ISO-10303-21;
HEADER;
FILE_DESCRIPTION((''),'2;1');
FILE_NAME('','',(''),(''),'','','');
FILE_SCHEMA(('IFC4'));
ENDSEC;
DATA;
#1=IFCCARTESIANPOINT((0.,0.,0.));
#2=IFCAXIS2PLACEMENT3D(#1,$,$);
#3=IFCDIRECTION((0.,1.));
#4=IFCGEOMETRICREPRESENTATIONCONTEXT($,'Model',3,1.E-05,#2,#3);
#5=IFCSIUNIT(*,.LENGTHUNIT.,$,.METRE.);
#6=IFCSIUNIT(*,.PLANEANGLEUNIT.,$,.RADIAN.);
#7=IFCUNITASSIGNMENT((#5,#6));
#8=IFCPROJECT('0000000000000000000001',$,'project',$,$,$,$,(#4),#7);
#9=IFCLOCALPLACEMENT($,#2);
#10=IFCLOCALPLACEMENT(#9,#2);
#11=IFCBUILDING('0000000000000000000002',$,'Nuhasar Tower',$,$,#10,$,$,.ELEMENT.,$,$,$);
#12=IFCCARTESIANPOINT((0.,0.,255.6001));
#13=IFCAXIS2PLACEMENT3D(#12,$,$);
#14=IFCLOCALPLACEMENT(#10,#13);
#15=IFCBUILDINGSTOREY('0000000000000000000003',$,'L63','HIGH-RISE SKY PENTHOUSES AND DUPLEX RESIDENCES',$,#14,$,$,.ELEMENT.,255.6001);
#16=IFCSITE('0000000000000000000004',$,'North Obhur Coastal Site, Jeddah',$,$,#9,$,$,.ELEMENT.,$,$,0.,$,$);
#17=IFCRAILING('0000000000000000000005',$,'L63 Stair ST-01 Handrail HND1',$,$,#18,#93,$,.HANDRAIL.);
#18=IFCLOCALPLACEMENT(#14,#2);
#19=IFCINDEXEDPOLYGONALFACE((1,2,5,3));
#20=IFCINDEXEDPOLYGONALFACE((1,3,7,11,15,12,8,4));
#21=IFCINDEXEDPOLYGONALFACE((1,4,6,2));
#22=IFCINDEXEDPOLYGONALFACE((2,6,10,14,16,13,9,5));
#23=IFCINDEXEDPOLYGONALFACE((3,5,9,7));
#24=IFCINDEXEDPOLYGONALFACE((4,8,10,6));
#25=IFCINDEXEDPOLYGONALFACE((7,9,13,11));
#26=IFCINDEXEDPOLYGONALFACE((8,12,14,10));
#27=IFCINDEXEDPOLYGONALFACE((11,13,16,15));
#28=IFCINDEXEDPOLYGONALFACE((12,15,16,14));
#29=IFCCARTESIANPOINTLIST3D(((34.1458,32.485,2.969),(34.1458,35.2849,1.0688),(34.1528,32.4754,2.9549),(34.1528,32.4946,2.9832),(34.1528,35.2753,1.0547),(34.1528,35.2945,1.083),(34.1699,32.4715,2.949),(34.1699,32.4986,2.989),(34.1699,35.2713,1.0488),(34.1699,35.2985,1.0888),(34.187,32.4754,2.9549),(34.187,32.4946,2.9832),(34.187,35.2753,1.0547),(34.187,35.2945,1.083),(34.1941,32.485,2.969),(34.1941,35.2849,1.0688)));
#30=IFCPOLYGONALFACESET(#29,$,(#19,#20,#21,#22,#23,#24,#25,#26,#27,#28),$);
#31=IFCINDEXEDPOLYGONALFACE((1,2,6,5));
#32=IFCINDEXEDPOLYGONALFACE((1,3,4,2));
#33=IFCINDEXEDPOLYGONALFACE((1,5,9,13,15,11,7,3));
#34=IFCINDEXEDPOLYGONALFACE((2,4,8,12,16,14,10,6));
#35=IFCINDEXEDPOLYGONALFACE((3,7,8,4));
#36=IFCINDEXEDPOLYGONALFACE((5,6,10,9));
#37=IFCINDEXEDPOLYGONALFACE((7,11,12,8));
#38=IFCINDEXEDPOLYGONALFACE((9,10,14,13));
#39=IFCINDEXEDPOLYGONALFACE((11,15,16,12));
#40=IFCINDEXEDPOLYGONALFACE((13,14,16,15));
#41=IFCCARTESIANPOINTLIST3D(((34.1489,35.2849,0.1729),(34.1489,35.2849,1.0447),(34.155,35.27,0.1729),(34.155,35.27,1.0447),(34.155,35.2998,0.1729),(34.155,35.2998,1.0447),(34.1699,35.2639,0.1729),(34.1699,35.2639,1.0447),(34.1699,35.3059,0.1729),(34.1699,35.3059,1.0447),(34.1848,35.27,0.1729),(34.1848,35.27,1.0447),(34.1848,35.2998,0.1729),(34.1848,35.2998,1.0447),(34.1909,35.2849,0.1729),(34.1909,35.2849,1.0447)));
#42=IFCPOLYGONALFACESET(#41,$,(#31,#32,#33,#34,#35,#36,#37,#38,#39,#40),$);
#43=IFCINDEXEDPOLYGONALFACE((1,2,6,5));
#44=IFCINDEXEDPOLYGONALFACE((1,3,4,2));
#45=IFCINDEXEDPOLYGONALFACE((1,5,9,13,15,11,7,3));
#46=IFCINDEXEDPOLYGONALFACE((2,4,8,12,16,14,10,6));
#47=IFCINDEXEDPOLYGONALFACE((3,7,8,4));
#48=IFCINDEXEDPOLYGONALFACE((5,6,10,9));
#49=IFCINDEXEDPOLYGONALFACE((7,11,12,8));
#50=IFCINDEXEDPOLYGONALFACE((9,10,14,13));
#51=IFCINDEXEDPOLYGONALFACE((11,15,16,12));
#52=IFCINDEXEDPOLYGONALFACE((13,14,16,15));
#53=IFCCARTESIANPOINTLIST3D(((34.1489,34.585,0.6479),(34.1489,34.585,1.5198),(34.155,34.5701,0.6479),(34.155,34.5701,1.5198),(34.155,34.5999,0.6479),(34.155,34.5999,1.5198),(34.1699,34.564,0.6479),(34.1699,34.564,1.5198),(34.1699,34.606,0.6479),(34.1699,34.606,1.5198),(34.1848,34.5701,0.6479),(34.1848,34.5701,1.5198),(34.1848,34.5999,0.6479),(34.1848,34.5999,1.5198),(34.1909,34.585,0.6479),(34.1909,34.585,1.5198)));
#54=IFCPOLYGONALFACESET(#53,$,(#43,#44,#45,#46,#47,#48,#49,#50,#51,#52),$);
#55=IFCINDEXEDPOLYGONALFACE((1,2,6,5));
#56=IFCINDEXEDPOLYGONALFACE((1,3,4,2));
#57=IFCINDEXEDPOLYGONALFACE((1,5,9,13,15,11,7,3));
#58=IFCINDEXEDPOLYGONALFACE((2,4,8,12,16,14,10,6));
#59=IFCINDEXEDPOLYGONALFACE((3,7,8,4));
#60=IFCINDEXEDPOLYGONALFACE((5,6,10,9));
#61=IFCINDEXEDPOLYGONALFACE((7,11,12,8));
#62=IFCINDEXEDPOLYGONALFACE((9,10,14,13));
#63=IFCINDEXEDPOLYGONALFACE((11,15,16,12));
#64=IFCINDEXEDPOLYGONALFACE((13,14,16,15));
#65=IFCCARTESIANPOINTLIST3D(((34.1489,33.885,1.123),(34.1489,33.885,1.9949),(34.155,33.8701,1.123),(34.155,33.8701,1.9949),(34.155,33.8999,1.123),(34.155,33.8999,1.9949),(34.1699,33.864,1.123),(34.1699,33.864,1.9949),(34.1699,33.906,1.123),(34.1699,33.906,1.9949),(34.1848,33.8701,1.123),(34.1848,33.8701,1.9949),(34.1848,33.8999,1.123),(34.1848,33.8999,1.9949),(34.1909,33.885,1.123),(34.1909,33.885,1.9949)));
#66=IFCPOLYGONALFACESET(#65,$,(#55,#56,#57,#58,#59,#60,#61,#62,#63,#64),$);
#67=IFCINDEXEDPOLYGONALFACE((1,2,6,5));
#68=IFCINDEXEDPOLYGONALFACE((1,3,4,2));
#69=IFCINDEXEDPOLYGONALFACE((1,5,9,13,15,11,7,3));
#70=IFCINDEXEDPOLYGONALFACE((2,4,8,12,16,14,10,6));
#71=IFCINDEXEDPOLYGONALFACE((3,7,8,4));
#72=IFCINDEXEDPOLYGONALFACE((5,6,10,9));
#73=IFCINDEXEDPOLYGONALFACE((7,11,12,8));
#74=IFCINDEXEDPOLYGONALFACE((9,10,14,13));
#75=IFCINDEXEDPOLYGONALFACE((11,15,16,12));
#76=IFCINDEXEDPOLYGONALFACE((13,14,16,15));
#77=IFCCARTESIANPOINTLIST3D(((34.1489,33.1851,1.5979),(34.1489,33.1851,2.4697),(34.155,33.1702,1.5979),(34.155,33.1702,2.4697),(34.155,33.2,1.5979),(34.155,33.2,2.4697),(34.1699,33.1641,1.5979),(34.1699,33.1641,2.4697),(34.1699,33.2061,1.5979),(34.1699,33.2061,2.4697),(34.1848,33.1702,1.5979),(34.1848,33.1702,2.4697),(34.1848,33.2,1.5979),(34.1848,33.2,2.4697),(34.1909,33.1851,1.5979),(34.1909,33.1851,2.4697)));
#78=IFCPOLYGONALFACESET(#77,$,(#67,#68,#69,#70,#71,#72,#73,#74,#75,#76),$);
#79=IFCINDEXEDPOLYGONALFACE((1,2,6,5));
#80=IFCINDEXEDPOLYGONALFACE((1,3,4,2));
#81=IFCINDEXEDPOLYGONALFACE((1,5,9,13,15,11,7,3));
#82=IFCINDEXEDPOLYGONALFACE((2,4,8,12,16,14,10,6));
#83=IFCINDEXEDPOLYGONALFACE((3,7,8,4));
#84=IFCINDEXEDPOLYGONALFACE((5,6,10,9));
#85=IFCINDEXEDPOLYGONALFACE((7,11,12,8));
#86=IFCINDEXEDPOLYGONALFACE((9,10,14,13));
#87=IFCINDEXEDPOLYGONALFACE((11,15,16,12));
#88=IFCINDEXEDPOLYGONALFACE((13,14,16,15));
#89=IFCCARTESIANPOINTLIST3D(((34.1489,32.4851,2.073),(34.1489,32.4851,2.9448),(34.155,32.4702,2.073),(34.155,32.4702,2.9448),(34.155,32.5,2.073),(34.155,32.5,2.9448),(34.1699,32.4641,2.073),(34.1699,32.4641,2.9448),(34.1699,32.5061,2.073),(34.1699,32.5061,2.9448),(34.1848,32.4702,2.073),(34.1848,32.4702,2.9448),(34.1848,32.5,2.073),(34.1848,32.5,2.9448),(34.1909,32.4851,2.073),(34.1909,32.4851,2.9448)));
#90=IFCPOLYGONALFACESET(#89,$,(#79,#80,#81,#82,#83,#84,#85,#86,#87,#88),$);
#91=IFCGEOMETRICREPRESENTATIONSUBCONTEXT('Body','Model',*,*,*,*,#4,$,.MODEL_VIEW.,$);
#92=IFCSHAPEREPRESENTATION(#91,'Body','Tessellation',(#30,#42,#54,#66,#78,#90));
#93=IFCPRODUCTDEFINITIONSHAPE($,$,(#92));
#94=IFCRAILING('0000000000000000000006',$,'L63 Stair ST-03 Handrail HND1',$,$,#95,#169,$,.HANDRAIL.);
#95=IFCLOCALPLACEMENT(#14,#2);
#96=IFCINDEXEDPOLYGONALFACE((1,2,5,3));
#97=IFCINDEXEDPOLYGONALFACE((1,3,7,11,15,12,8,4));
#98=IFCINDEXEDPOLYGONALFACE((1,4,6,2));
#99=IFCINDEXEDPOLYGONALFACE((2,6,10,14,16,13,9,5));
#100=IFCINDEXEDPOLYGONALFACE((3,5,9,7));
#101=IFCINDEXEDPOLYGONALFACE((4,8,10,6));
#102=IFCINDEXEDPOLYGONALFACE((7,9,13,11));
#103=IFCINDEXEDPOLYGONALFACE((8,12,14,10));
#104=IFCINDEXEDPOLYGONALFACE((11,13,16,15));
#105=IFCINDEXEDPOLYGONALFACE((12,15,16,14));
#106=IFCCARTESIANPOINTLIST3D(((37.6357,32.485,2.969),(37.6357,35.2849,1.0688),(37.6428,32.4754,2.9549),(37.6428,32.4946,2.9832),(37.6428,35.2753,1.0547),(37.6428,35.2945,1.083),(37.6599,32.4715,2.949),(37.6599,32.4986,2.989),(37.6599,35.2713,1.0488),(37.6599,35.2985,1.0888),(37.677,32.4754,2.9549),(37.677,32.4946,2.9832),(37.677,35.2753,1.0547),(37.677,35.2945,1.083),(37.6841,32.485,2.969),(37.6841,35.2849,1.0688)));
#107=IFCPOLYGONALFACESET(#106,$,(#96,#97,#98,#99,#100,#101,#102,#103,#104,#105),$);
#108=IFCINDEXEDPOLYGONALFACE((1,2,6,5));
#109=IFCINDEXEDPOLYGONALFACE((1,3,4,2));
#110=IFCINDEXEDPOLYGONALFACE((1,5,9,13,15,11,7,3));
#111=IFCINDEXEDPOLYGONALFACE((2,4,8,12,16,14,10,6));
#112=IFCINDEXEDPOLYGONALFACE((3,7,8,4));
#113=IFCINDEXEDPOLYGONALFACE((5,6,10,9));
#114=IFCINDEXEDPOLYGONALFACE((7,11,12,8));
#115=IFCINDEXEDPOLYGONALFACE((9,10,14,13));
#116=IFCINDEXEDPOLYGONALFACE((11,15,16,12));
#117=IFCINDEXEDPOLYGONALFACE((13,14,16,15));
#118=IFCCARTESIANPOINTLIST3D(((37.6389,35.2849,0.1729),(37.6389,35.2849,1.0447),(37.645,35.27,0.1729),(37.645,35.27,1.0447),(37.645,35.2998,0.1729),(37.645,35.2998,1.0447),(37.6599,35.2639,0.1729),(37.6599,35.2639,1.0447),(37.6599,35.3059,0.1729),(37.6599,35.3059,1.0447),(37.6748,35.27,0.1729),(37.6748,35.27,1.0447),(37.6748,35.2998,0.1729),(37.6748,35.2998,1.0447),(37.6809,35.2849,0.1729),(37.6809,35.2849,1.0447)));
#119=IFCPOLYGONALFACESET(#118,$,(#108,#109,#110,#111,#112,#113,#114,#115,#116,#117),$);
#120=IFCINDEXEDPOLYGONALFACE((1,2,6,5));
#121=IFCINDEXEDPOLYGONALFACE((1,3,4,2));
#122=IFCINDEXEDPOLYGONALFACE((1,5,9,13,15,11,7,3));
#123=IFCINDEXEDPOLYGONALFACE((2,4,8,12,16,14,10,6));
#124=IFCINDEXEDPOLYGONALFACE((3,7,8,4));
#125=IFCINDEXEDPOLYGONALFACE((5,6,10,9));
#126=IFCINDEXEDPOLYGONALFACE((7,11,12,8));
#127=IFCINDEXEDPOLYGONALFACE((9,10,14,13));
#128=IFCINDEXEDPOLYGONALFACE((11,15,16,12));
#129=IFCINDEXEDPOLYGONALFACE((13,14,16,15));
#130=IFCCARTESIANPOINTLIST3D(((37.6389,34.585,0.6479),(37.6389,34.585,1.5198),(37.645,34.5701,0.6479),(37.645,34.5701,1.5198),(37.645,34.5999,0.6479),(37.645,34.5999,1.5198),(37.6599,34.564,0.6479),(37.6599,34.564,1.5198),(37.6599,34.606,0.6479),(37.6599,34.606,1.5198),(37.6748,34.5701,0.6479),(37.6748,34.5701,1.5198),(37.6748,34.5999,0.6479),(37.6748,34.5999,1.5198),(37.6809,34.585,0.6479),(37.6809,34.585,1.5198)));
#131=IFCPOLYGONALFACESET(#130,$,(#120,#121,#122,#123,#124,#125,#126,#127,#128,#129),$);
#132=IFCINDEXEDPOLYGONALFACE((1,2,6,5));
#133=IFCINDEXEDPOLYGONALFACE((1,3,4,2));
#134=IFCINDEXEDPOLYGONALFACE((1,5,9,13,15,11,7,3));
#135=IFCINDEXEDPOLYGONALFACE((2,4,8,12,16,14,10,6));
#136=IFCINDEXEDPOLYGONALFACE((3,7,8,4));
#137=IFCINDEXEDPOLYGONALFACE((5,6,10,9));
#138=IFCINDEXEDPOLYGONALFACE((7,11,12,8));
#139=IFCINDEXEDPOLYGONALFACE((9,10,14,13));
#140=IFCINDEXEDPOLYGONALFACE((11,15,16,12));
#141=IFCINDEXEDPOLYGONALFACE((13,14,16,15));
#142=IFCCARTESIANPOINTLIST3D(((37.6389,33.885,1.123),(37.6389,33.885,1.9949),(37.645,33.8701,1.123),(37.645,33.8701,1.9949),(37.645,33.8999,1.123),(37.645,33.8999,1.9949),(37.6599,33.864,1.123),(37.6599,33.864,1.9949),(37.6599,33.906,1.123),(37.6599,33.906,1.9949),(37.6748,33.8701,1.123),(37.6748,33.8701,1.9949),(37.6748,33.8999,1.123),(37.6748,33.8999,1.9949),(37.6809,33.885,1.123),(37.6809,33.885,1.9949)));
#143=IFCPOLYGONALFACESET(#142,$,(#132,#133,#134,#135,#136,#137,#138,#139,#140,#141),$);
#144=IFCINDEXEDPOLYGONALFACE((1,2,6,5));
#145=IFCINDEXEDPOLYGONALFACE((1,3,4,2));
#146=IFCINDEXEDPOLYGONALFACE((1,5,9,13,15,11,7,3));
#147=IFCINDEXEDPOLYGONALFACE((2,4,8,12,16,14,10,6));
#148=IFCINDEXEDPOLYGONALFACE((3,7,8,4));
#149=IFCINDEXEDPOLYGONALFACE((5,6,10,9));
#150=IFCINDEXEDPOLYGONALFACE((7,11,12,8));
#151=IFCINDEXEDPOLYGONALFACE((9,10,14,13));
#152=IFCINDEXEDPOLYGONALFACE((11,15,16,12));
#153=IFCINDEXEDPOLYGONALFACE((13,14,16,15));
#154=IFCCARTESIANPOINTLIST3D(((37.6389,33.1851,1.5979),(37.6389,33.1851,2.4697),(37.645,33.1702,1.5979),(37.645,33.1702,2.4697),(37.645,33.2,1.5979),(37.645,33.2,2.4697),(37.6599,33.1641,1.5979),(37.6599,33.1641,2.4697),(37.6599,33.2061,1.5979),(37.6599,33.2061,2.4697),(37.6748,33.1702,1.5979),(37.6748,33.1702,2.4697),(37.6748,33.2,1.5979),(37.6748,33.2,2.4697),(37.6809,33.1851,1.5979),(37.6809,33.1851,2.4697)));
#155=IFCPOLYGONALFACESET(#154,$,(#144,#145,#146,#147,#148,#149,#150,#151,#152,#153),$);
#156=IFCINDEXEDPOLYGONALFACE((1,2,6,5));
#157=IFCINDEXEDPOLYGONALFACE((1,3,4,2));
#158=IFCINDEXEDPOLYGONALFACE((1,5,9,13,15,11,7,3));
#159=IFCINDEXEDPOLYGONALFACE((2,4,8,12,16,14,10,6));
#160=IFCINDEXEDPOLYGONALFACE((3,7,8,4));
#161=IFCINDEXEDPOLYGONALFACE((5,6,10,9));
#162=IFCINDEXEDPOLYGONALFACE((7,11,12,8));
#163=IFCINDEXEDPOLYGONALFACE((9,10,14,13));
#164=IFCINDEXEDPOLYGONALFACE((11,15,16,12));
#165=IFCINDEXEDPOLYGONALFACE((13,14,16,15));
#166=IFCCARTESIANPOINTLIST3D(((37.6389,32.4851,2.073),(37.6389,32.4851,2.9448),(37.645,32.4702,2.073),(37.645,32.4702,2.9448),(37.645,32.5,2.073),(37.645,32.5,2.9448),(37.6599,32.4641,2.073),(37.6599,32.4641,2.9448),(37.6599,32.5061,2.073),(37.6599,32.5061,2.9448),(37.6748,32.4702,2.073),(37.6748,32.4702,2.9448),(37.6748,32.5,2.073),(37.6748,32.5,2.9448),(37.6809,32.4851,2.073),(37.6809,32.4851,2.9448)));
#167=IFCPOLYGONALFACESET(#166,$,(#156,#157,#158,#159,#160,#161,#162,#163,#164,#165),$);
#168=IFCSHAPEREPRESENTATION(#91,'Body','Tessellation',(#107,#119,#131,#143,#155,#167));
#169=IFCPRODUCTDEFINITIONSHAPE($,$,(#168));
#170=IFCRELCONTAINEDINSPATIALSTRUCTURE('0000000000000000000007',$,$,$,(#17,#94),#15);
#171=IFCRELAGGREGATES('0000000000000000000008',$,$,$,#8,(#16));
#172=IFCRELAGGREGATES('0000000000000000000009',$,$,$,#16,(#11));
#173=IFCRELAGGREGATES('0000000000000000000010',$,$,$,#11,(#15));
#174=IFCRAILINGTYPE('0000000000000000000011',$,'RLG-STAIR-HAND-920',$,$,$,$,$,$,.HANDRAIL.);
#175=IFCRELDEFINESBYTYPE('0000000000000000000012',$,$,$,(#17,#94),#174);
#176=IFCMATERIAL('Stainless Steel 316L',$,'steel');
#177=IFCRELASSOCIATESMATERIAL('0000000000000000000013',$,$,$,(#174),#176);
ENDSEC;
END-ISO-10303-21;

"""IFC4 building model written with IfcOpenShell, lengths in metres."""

from ifc_helpers import new_model, si_unit, direction, frame, origin, place, context, subcontext, project, spatial, polyline, outline, extrude, material, type_object, element, save


model = new_model("IFC4")

# Units and contexts
model_context = context("Model", 3, precision=1e-05, world=origin(), true_north=direction((0.0, 1.0)))
body_context = subcontext(model_context, "Body", "Model", "MODEL_VIEW")
ifc_project = project(units=[si_unit("LENGTHUNIT", "METRE"), si_unit("PLANEANGLEUNIT", "RADIAN")], contexts=[model_context])

# Site, building, storey
site_placement = place(None, origin())
site = spatial("IfcSite", under=ifc_project, at=site_placement, Name="North Obhur Coastal Site, Jeddah", CompositionType="ELEMENT", RefElevation=0.0)
building_placement = place(site_placement, origin())
building = spatial("IfcBuilding", under=site, at=building_placement, Name="Nuhasar Tower", CompositionType="ELEMENT")
storey_placement = place(building_placement, frame((0.0, 0.0, 255.6001)))
storey = spatial("IfcBuildingStorey", under=building, at=storey_placement, Name="L63", Description="HIGH-RISE SKY PENTHOUSES AND DUPLEX RESIDENCES", CompositionType="ELEMENT", Elevation=255.6001)

# Railings
ifc_material_1 = material(Name="Stainless Steel 316L", Category="steel")
railing_type_1 = type_object("IfcRailingType", Name="RLG-STAIR-HAND-920", PredefinedType="HANDRAIL", material=ifc_material_1)
railing_1_placement = place(storey_placement, frame((34.1699, 35.2849, 0.1729)))
element("IfcRailing", 1, at=railing_1_placement, inside=storey, type_object=railing_type_1, Name="L63 Stair ST-01 Handrail HND1", PredefinedType="HANDRAIL", context=body_context, shape_type="SweptSolid", body=[
    extrude(outline(polyline([(0.0242, 0.0), (0.0171, 0.0171), (0.0, 0.0242), (-0.0171, 0.0171), (-0.0242, 0.0), (-0.0171, -0.0171), (0.0, -0.0242), (0.0171, -0.0171), (0.0242, 0.0)])), frame((0.0, 0.0, 0.896), z_axis=(0.0, -0.827437, 0.561558), x_axis=(1.0, 0.0, 0.0)), (0.0, 0.0, 1.0), 3.3838),
    extrude(outline(polyline([(0.021, 0.0), (0.0149, 0.0149), (0.0, 0.021), (-0.0149, 0.0149), (-0.021, 0.0), (-0.0149, -0.0149), (0.0, -0.021), (0.0149, -0.0149), (0.021, 0.0)])), origin(), (0.0, 0.0, 1.0), 0.8718),
    extrude(outline(polyline([(0.021, 0.0), (0.0149, 0.0149), (0.0, 0.021), (-0.0149, 0.0149), (-0.021, 0.0), (-0.0149, -0.0149), (0.0, -0.021), (0.0149, -0.0149), (0.021, 0.0)])), frame((0.0, -0.7, 0.4751)), (0.0, 0.0, 1.0), 0.8718),
    extrude(outline(polyline([(0.021, 0.0), (0.0149, 0.0149), (0.0, 0.021), (-0.0149, 0.0149), (-0.021, 0.0), (-0.0149, -0.0149), (0.0, -0.021), (0.0149, -0.0149), (0.021, 0.0)])), frame((0.0, -1.3999, 0.9502)), (0.0, 0.0, 1.0), 0.8718),
    extrude(outline(polyline([(0.021, 0.0), (0.0149, 0.0149), (0.0, 0.021), (-0.0149, 0.0149), (-0.021, 0.0), (-0.0149, -0.0149), (0.0, -0.021), (0.0149, -0.0149), (0.021, 0.0)])), frame((0.0, -2.0999, 1.425)), (0.0, 0.0, 1.0), 0.8718),
    extrude(outline(polyline([(0.021, 0.0), (0.0149, 0.0149), (0.0, 0.021), (-0.0149, 0.0149), (-0.021, 0.0), (-0.0149, -0.0149), (0.0, -0.021), (0.0149, -0.0149), (0.021, 0.0)])), frame((0.0, -2.7998, 1.9001)), (0.0, 0.0, 1.0), 0.8718),
])
railing_2_placement = place(storey_placement, frame((37.6599, 35.2849, 0.1729)))
element("IfcRailing", 2, at=railing_2_placement, inside=storey, type_object=railing_type_1, Name="L63 Stair ST-03 Handrail HND1", PredefinedType="HANDRAIL", context=body_context, shape_type="SweptSolid", body=[
    extrude(outline(polyline([(0.0242, 0.0), (0.0171, 0.0171), (0.0, 0.0242), (-0.0171, 0.0171), (-0.0242, 0.0), (-0.0171, -0.0171), (0.0, -0.0242), (0.0171, -0.0171), (0.0242, 0.0)])), frame((0.0, 0.0, 0.896), z_axis=(0.0, -0.827437, 0.561558), x_axis=(1.0, 0.0, 0.0)), (0.0, 0.0, 1.0), 3.3838),
    extrude(outline(polyline([(0.021, 0.0), (0.0149, 0.0149), (0.0, 0.021), (-0.0149, 0.0149), (-0.021, 0.0), (-0.0149, -0.0149), (0.0, -0.021), (0.0149, -0.0149), (0.021, 0.0)])), origin(), (0.0, 0.0, 1.0), 0.8718),
    extrude(outline(polyline([(0.021, 0.0), (0.0149, 0.0149), (0.0, 0.021), (-0.0149, 0.0149), (-0.021, 0.0), (-0.0149, -0.0149), (0.0, -0.021), (0.0149, -0.0149), (0.021, 0.0)])), frame((0.0, -0.7, 0.4751)), (0.0, 0.0, 1.0), 0.8718),
    extrude(outline(polyline([(0.021, 0.0), (0.0149, 0.0149), (0.0, 0.021), (-0.0149, 0.0149), (-0.021, 0.0), (-0.0149, -0.0149), (0.0, -0.021), (0.0149, -0.0149), (0.021, 0.0)])), frame((0.0, -1.3999, 0.9502)), (0.0, 0.0, 1.0), 0.8718),
    extrude(outline(polyline([(0.021, 0.0), (0.0149, 0.0149), (0.0, 0.021), (-0.0149, 0.0149), (-0.021, 0.0), (-0.0149, -0.0149), (0.0, -0.021), (0.0149, -0.0149), (0.021, 0.0)])), frame((0.0, -2.0999, 1.425)), (0.0, 0.0, 1.0), 0.8718),
    extrude(outline(polyline([(0.021, 0.0), (0.0149, 0.0149), (0.0, 0.021), (-0.0149, 0.0149), (-0.021, 0.0), (-0.0149, -0.0149), (0.0, -0.021), (0.0149, -0.0149), (0.021, 0.0)])), frame((0.0, -2.7998, 1.9001)), (0.0, 0.0, 1.0), 0.8718),
])

save(model, "model.ifc")
